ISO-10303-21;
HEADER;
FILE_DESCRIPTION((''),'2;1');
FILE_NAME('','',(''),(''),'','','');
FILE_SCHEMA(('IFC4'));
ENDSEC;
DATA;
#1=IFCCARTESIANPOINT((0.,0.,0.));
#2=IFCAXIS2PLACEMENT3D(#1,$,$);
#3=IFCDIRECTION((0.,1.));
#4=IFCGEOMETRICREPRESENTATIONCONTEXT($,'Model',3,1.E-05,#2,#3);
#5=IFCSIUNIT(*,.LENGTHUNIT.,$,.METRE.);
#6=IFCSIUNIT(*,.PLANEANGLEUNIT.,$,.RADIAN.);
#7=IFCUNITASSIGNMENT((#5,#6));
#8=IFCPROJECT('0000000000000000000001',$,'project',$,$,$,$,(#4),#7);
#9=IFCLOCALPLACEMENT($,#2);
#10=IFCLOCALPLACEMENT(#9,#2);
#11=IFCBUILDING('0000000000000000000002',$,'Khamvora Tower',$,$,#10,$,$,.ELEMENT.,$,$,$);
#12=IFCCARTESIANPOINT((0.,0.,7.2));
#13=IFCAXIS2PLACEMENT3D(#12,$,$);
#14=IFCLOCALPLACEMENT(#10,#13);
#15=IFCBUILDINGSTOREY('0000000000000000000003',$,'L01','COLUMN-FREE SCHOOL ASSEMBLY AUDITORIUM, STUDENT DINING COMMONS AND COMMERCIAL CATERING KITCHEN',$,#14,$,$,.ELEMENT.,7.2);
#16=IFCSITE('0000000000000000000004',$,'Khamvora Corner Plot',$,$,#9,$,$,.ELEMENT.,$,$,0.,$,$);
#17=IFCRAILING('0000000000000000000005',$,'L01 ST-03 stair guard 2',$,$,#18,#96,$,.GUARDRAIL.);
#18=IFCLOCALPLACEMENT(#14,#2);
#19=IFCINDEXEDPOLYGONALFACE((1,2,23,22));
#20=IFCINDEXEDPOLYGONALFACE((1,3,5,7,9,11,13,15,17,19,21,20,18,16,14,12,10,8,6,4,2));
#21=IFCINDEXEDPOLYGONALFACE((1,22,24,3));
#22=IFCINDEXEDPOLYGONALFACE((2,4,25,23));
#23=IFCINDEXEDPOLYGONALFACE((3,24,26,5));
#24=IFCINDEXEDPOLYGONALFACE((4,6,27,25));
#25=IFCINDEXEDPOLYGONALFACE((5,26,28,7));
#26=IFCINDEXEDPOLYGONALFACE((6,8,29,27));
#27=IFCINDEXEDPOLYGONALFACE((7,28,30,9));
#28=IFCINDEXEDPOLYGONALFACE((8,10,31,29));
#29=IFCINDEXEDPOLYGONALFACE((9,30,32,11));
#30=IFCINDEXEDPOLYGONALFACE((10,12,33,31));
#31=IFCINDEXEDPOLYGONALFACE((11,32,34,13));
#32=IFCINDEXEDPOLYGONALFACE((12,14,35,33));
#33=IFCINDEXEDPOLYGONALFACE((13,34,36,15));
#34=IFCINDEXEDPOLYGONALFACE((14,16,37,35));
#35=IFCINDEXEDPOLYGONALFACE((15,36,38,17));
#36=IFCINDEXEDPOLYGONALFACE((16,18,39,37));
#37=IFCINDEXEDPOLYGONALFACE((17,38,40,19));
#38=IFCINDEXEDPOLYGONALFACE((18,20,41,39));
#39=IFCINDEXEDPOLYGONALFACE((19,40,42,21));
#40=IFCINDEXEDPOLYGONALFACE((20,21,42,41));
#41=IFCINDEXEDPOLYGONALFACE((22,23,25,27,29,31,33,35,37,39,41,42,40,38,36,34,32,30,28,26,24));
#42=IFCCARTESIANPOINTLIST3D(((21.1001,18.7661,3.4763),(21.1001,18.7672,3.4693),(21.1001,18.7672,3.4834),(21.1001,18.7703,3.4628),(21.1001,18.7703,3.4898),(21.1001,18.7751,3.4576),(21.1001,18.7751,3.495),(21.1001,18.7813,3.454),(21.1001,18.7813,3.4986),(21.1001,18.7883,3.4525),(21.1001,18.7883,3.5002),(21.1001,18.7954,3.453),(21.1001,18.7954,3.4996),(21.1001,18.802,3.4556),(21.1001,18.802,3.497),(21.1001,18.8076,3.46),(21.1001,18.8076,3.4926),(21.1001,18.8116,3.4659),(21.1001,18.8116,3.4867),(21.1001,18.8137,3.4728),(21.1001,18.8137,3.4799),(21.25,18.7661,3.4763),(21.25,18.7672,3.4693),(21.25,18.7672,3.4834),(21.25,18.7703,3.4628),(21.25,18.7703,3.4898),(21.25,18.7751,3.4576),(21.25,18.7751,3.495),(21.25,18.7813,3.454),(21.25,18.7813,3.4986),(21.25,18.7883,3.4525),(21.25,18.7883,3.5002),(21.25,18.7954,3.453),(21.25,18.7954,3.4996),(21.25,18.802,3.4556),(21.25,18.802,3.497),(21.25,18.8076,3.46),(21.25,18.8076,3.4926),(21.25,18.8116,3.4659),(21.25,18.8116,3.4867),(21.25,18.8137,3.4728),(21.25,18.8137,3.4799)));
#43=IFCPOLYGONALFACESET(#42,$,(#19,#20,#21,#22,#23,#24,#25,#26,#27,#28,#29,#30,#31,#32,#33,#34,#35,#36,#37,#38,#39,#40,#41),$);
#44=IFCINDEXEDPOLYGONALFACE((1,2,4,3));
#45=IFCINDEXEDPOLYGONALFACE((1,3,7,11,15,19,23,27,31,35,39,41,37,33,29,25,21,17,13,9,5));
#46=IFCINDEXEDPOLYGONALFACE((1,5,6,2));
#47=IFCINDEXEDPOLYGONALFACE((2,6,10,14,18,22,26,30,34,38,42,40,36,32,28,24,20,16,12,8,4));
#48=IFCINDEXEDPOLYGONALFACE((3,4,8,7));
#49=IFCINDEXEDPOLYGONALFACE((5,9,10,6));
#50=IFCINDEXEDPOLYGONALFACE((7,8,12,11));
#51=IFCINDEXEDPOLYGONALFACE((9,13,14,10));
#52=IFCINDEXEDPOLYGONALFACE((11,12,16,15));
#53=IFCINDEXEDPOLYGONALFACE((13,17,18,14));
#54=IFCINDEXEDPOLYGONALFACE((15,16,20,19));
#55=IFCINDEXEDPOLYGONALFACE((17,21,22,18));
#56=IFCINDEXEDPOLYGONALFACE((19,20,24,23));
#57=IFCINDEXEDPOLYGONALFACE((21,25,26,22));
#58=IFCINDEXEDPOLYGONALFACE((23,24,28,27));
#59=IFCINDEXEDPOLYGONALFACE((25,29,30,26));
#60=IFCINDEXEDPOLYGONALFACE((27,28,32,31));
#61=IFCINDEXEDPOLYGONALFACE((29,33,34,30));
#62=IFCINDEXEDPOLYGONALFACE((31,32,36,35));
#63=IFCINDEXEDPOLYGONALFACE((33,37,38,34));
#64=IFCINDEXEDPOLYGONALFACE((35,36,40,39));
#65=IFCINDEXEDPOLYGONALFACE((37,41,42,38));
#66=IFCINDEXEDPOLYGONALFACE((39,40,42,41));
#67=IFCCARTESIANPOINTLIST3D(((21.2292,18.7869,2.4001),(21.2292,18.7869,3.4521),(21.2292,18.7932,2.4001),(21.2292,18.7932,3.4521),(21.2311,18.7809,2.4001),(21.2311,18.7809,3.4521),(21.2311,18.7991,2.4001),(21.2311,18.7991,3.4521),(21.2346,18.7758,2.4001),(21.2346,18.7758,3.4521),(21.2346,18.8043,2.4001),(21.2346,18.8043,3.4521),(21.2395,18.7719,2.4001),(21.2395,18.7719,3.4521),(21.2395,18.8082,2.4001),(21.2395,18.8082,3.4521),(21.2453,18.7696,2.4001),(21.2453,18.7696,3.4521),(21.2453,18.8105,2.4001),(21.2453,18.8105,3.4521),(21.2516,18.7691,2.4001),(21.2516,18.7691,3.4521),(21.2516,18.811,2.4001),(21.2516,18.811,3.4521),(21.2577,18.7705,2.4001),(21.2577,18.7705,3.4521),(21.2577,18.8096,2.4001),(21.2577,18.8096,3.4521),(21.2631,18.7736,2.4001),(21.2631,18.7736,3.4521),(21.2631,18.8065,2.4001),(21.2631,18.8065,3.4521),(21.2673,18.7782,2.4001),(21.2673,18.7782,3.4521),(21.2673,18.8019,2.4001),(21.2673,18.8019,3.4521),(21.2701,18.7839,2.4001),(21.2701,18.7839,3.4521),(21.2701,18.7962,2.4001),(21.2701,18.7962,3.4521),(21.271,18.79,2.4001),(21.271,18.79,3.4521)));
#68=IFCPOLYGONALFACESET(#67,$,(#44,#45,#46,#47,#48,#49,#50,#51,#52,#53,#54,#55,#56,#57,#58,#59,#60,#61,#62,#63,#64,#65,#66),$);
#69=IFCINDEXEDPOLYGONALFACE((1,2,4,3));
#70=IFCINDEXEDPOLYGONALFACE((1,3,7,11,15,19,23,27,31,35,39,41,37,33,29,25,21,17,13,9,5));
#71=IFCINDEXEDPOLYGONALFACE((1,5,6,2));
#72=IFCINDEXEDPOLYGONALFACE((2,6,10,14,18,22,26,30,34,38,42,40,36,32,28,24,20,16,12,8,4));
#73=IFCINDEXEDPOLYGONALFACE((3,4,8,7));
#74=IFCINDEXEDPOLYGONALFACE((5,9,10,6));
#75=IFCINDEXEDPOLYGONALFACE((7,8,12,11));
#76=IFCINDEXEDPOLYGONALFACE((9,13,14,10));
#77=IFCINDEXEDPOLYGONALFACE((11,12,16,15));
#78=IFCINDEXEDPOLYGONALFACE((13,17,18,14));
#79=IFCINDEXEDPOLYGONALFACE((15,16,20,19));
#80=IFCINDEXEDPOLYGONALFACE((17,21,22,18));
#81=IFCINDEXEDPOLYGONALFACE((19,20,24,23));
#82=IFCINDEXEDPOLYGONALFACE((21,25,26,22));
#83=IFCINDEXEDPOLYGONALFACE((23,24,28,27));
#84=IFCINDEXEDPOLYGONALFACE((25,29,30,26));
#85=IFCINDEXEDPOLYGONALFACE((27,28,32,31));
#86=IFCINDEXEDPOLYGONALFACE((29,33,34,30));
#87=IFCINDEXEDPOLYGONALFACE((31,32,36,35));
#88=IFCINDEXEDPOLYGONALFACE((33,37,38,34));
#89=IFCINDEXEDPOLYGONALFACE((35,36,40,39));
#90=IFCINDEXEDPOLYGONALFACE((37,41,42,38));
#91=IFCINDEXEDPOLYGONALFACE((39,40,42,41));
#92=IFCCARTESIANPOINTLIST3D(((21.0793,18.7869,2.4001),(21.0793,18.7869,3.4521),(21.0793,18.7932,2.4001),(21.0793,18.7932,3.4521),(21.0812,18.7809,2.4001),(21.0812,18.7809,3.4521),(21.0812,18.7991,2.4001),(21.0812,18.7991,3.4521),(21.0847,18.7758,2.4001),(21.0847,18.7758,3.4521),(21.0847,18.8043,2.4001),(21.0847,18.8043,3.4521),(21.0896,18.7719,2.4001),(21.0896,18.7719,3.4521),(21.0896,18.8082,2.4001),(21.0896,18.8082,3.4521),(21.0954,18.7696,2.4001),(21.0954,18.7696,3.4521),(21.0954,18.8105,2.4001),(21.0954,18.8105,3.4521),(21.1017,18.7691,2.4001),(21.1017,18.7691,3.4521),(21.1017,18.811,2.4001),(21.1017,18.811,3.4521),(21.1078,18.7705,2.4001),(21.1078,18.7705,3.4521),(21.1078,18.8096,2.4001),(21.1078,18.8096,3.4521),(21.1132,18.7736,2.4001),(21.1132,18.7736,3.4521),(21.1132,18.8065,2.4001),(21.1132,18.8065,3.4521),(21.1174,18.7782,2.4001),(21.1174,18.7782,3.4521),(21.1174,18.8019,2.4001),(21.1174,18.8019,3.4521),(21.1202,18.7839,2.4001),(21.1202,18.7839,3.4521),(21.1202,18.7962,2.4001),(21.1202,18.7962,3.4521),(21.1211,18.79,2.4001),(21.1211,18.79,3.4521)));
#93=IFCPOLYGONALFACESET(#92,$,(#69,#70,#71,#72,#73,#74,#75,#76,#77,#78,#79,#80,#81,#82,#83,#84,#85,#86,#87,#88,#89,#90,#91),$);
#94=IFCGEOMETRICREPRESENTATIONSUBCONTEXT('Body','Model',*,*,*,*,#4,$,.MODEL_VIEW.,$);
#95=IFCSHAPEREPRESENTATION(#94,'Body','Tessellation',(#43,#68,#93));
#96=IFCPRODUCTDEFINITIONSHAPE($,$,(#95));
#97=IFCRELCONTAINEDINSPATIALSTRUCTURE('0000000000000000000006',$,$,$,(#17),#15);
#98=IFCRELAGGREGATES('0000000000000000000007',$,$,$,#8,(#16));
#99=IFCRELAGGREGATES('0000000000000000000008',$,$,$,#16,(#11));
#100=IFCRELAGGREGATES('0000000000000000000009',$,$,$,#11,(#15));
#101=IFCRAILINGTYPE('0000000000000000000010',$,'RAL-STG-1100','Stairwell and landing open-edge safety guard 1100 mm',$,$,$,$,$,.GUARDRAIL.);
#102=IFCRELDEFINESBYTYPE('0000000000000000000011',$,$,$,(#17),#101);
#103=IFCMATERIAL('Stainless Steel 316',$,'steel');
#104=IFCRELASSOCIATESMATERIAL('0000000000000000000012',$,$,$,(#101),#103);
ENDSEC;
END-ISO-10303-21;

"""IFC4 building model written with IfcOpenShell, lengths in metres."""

from ifc_helpers import new_model, si_unit, direction, frame, origin, origin_2d, place, context, subcontext, project, spatial, circle, extrude, material, type_object, element, save


model = new_model("IFC4")

# Units and contexts
model_context = context("Model", 3, precision=1e-05, world=origin(), true_north=direction((0.0, 1.0)))
body_context = subcontext(model_context, "Body", "Model", "MODEL_VIEW")
ifc_project = project(units=[si_unit("LENGTHUNIT", "METRE"), si_unit("PLANEANGLEUNIT", "RADIAN")], contexts=[model_context])

# Site, building, storey
site_placement = place(None, origin())
site = spatial("IfcSite", under=ifc_project, at=site_placement, Name="Khamvora Corner Plot", CompositionType="ELEMENT", RefElevation=0.0)
building_placement = place(site_placement, origin())
building = spatial("IfcBuilding", under=site, at=building_placement, Name="Khamvora Tower", CompositionType="ELEMENT")
storey_placement = place(building_placement, frame((0.0, 0.0, 7.2)))
storey = spatial("IfcBuildingStorey", under=building, at=storey_placement, Name="L01", Description="COLUMN-FREE SCHOOL ASSEMBLY AUDITORIUM, STUDENT DINING COMMONS AND COMMERCIAL CATERING KITCHEN", CompositionType="ELEMENT", Elevation=7.2)

# Railing
ifc_material_1 = material(Name="Stainless Steel 316", Category="steel")
railing_type_1 = type_object("IfcRailingType", Name="RAL-STG-1100", Description="Stairwell and landing open-edge safety guard 1100 mm", PredefinedType="GUARDRAIL", material=ifc_material_1)
railing_1_placement = place(storey_placement, frame((21.25, 18.79, 2.4001)))
element("IfcRailing", 1, at=railing_1_placement, inside=storey, type_object=railing_type_1, Name="L01 ST-03 stair guard 2", PredefinedType="GUARDRAIL", context=body_context, shape_type="SweptSolid", body=[
    extrude(circle(Radius=0.0239, at=origin_2d()), frame((0.0, 0.0, 1.0762), z_axis=(-1.0, 0.0, 0.0), x_axis=(0.0, -1.0, 0.0)), (0.0, 0.0, 1.0), 0.1499),
    extrude(circle(Radius=0.021, at=origin_2d()), origin(), (0.0, 0.0, 1.0), 1.052),
    extrude(circle(Radius=0.021, at=origin_2d()), frame((-0.1499, 0.0, 0.0)), (0.0, 0.0, 1.0), 1.052),
])

save(model, "model.ifc")
